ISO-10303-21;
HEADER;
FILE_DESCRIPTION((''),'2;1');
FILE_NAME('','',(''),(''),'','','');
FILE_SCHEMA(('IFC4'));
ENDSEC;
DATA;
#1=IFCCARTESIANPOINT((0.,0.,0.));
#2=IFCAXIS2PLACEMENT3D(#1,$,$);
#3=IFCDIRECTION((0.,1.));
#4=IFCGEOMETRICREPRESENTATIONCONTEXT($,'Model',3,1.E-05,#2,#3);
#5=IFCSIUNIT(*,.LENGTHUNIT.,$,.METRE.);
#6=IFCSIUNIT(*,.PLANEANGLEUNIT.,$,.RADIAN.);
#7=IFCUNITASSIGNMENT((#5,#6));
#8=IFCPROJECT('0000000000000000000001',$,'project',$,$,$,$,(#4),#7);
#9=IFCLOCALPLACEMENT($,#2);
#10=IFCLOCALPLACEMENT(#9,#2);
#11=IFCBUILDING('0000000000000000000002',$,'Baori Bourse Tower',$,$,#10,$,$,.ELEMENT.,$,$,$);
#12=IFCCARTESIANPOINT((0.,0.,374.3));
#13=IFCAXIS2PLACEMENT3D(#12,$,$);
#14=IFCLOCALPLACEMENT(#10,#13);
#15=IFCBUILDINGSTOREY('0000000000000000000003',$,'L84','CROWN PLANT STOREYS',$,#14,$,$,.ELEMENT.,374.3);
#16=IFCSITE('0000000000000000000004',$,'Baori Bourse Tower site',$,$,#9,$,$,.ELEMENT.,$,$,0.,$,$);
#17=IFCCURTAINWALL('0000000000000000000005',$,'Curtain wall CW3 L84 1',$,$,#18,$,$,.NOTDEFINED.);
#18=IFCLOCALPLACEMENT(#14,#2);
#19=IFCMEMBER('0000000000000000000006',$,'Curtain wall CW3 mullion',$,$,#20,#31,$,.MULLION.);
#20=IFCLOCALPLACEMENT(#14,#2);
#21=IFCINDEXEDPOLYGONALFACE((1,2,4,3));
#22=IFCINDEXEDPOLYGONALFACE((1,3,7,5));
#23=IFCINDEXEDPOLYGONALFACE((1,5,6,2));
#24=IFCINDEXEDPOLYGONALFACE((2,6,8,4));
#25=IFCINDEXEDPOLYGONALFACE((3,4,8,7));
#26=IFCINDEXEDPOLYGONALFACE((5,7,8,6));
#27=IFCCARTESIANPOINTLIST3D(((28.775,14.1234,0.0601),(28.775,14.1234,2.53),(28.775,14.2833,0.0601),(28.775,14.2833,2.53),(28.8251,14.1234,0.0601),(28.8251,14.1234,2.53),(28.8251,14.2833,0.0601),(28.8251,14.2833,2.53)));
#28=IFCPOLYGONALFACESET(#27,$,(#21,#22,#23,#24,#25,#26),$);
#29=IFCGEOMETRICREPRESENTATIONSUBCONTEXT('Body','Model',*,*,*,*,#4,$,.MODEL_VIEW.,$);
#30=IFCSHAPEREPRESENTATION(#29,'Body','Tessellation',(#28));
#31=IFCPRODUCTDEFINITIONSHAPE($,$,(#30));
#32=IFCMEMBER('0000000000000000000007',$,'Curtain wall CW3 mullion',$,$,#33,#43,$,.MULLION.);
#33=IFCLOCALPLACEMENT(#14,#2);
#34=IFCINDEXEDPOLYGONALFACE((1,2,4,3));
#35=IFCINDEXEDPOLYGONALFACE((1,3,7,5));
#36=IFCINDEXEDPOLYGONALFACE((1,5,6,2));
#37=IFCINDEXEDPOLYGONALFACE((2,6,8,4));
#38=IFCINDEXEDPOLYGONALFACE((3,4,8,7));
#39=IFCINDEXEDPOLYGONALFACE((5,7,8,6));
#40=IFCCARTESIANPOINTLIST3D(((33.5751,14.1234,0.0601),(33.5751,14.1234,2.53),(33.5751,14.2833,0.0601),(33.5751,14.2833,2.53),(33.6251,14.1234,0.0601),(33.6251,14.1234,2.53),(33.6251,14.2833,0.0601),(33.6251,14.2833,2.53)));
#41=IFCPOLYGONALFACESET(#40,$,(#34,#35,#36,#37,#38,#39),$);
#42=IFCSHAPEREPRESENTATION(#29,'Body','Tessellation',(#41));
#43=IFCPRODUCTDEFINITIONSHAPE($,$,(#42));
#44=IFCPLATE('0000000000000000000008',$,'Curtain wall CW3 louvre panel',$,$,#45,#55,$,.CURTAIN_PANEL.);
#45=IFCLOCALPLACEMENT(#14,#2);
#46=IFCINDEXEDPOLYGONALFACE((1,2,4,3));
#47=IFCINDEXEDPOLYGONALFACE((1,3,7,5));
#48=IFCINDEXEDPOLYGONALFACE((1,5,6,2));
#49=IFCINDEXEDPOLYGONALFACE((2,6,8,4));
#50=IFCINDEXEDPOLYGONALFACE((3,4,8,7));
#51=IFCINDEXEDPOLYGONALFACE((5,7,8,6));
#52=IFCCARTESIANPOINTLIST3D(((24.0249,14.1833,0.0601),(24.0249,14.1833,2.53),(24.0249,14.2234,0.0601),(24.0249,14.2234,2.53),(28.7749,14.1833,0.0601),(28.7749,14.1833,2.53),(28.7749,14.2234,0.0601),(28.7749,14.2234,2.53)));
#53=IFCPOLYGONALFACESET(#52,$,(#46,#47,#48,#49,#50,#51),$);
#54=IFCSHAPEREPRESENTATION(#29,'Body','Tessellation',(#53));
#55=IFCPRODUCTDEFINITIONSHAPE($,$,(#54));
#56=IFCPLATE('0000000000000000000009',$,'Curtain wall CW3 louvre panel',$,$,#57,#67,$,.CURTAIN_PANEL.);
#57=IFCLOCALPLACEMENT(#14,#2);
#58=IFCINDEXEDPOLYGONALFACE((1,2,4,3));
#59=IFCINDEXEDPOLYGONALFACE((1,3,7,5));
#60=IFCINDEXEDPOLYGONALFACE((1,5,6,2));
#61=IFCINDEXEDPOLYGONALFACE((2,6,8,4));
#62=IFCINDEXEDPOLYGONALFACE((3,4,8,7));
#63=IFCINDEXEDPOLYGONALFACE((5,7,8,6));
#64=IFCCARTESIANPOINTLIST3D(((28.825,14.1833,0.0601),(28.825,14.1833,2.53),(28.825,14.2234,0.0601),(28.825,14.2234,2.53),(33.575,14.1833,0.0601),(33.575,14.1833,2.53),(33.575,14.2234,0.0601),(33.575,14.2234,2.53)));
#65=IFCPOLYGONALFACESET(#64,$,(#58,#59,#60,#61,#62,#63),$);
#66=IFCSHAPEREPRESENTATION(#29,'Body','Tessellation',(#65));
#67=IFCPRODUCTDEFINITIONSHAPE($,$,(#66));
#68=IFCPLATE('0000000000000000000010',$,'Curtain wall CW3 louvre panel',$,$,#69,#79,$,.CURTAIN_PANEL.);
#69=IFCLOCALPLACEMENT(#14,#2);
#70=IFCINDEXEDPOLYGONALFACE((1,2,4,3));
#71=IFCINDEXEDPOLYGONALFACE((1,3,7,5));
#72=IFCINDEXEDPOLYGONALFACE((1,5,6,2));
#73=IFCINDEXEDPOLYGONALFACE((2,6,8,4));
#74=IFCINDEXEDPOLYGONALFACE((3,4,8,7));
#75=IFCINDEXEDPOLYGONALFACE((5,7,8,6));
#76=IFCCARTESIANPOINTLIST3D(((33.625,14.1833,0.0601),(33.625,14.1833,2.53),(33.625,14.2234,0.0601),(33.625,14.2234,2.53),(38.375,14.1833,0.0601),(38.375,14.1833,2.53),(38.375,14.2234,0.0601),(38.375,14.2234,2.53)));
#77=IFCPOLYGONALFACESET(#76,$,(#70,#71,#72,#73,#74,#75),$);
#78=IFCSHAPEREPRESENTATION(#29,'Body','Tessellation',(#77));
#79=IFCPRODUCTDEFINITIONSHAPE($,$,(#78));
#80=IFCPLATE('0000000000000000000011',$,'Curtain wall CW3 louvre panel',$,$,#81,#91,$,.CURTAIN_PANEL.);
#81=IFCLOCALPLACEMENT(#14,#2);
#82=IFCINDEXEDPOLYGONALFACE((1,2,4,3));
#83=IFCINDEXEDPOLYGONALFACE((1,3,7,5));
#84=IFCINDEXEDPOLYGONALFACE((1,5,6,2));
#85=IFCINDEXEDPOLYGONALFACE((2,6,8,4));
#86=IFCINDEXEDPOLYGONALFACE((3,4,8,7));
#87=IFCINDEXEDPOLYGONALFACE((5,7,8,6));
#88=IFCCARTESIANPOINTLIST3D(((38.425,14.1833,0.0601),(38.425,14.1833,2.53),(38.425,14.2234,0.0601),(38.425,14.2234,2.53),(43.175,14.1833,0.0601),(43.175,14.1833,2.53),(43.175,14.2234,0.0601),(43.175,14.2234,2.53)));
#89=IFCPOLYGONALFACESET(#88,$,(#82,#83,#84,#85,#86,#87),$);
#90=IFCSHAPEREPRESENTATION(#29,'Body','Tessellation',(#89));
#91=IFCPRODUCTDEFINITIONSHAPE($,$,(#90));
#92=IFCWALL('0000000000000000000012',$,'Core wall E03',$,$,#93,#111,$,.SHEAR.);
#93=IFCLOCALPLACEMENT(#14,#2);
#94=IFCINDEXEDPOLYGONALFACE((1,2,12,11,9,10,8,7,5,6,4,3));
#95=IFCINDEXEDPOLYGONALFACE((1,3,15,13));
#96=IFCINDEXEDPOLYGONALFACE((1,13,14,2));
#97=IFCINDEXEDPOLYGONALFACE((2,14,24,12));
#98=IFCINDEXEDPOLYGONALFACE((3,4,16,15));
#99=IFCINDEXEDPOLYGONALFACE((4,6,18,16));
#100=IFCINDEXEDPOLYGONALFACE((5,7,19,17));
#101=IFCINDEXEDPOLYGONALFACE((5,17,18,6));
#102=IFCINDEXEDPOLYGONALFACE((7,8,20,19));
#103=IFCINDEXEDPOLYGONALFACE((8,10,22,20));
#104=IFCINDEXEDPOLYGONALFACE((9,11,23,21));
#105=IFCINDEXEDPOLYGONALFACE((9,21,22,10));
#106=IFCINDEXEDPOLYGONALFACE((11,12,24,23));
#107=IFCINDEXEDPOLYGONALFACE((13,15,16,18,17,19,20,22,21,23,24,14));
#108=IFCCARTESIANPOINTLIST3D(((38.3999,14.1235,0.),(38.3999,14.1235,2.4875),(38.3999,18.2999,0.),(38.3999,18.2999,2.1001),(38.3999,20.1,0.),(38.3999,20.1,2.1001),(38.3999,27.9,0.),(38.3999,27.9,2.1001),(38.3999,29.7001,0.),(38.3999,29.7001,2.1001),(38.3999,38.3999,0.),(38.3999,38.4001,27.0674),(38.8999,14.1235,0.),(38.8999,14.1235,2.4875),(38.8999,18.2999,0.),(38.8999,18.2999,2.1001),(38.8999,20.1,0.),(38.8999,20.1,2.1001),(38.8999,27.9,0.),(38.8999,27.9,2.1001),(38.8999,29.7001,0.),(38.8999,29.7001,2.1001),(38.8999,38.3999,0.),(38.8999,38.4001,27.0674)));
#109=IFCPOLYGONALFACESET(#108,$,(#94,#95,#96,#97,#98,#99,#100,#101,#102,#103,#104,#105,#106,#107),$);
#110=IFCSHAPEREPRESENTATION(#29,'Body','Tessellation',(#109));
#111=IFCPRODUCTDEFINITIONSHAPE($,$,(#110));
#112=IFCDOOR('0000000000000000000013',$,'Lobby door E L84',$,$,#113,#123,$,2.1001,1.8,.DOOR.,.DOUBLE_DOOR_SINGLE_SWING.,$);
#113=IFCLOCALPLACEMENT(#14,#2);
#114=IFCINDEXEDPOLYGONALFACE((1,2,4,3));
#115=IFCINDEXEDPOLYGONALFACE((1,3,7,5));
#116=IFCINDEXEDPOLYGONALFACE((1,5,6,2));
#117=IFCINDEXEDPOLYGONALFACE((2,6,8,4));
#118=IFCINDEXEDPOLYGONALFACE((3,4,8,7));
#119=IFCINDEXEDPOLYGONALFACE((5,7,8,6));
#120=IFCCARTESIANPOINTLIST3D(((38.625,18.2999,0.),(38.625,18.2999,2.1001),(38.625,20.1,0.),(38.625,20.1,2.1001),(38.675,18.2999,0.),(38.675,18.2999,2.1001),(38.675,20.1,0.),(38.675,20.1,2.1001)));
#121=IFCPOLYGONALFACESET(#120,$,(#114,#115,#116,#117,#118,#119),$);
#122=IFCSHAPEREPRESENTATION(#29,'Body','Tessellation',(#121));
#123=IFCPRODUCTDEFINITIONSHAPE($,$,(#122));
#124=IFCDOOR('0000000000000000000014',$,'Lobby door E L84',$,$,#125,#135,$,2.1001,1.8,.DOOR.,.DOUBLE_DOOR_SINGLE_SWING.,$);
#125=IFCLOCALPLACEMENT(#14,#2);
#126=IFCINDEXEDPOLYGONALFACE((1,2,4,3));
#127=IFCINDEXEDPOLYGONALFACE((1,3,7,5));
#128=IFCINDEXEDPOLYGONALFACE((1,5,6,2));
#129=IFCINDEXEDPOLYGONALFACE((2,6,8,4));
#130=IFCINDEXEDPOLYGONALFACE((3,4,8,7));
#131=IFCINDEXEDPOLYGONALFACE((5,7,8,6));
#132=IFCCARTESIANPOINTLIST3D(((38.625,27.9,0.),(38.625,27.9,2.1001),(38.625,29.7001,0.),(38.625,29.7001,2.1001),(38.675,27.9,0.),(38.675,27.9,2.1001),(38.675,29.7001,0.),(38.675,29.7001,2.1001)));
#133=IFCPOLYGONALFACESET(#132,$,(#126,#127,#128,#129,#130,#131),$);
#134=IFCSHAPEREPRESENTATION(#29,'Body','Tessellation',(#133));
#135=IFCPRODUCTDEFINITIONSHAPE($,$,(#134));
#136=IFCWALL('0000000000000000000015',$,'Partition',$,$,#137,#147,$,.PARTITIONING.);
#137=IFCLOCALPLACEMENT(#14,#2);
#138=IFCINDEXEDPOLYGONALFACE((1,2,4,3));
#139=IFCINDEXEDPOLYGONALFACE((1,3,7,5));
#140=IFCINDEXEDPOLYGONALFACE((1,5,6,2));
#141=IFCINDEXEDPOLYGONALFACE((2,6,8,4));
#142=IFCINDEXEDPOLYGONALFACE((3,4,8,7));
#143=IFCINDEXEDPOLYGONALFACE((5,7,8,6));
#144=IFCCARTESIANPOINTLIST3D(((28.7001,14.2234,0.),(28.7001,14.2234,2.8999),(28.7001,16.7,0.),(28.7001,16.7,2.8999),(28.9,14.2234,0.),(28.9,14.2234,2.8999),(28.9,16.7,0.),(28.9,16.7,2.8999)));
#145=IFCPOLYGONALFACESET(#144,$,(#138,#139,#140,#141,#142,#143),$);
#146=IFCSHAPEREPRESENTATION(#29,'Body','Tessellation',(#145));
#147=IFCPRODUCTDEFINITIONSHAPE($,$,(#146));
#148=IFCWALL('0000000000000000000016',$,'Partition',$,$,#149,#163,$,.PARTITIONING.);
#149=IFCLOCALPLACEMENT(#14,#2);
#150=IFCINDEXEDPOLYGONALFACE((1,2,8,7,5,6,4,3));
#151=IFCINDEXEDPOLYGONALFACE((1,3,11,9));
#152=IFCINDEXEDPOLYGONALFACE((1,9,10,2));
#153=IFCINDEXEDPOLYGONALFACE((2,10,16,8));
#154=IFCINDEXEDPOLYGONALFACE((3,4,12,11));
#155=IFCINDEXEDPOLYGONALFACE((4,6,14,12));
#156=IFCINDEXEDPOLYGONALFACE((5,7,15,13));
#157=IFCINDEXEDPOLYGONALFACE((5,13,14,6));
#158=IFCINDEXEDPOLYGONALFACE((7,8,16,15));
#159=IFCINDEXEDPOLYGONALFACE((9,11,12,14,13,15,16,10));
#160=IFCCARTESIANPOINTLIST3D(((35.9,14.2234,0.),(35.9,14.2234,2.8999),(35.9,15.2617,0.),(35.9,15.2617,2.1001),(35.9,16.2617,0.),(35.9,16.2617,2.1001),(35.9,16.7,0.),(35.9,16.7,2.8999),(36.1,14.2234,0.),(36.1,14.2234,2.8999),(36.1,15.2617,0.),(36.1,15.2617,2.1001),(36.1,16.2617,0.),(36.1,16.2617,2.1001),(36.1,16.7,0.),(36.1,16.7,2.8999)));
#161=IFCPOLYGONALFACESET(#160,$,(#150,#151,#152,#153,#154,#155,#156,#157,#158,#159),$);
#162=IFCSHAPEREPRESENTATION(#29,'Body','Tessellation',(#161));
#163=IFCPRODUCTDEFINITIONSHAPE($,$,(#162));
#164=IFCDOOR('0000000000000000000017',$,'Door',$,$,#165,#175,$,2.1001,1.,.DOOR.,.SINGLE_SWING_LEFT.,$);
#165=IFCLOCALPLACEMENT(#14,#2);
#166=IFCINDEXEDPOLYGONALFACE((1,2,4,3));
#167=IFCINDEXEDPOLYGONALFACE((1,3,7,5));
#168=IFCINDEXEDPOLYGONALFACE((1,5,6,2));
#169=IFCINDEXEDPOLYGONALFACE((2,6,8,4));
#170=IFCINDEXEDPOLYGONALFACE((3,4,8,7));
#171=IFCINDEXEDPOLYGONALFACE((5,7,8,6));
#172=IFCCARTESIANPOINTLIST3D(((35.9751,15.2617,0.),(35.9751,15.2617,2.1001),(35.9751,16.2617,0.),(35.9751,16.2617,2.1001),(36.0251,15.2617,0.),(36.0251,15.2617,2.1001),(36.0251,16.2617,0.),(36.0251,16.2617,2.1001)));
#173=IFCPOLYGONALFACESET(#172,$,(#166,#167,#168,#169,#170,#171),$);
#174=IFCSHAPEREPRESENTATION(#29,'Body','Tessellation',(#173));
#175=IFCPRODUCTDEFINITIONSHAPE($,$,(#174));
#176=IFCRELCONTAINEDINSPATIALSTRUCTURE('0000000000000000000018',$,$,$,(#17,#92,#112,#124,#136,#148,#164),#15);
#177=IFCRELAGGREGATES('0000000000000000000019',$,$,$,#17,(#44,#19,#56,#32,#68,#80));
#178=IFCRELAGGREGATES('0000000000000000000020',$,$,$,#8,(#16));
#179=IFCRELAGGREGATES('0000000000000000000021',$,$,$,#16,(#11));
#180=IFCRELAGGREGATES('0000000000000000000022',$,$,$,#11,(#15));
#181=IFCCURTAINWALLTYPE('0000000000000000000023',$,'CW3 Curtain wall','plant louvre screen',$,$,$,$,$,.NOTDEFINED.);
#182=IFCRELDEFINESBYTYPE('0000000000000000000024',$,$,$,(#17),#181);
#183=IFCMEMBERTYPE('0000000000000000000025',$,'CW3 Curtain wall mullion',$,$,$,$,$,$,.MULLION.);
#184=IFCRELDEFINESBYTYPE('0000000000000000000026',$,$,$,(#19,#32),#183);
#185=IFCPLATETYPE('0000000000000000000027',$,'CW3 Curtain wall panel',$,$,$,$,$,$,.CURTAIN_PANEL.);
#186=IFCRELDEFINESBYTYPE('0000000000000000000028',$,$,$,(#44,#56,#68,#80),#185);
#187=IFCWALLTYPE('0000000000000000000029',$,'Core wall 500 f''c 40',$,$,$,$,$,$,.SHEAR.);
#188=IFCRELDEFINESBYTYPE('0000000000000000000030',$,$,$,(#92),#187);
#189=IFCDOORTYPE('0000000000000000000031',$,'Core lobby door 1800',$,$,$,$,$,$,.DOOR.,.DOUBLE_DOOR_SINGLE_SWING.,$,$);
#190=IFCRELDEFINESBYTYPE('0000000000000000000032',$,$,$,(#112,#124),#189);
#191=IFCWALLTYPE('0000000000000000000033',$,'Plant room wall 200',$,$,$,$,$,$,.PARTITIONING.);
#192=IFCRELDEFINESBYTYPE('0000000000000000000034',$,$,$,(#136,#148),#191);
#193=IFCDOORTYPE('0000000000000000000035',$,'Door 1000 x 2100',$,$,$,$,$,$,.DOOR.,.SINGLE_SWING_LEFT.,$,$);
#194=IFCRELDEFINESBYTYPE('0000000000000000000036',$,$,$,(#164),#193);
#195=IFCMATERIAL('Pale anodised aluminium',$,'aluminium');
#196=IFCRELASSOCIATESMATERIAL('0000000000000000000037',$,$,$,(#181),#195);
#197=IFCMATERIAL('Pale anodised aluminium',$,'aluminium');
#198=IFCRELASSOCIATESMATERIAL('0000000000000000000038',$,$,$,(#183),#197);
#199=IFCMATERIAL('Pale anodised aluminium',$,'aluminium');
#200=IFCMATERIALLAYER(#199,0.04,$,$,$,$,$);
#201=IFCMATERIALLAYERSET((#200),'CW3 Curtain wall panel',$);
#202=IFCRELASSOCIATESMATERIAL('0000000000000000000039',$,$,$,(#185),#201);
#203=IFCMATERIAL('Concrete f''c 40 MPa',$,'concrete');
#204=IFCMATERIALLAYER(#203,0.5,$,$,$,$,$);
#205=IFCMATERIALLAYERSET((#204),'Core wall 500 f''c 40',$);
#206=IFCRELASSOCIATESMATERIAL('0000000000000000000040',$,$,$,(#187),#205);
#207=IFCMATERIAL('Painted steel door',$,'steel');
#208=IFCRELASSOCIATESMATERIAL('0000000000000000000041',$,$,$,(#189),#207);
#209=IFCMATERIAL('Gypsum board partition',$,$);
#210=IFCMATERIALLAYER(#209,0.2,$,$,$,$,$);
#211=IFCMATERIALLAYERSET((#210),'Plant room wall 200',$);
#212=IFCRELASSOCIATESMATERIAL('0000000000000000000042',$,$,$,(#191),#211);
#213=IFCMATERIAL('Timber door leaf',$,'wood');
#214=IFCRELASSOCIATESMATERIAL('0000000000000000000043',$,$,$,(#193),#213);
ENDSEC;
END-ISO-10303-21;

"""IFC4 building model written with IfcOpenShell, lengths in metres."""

from ifc_helpers import new_model, si_unit, direction, frame, frame_2d, origin, origin_2d, place, context, subcontext, project, spatial, polyline, rectangle, outline, extrude, material, layer, layer_set, material_profile, profile_set, type_object, element, fill, aggregate, save


model = new_model("IFC4")

# Units and contexts
model_context = context("Model", 3, precision=1e-05, world=origin(), true_north=direction((0.0, 1.0)))
body_context = subcontext(model_context, "Body", "Model", "MODEL_VIEW")
ifc_project = project(units=[si_unit("LENGTHUNIT", "METRE"), si_unit("PLANEANGLEUNIT", "RADIAN")], contexts=[model_context])

# Site, building, storey
site_placement = place(None, origin())
site = spatial("IfcSite", under=ifc_project, at=site_placement, Name="Baori Bourse Tower site", CompositionType="ELEMENT", RefElevation=0.0)
building_placement = place(site_placement, origin())
building = spatial("IfcBuilding", under=site, at=building_placement, Name="Baori Bourse Tower", CompositionType="ELEMENT")
storey_placement = place(building_placement, frame((0.0, 0.0, 374.3)))
storey = spatial("IfcBuildingStorey", under=building, at=storey_placement, Name="L84", Description="CROWN PLANT STOREYS", CompositionType="ELEMENT", Elevation=374.3)

# Curtain wall, members, plates
ifc_material_1 = material(Name="Pale anodised aluminium", Category="aluminium")
curtain_wall_type = type_object("IfcCurtainWallType", Name="CW3 Curtain wall", Description="plant louvre screen", PredefinedType="NOTDEFINED", material=ifc_material_1)
curtain_wall_placement = place(storey_placement, origin())
curtain_wall = element("IfcCurtainWall", 1, at=curtain_wall_placement, inside=storey, type_object=curtain_wall_type, Name="Curtain wall CW3 L84 1", PredefinedType="NOTDEFINED")
ifc_material_2 = material(Name="Pale anodised aluminium", Category="aluminium")
ifc_material_profile = material_profile(ifc_material_2, rectangle(XDim=0.1599, YDim=0.05, at=origin_2d()), Name="Mullion 50x160")
ifc_profile_set = profile_set([ifc_material_profile], Name="Pale anodised aluminium")
member_type = type_object("IfcMemberType", Name="CW3 Curtain wall mullion", PredefinedType="MULLION", material=ifc_profile_set)
member_1_placement = place(storey_placement, frame((28.8, 14.2034, 0.0601), z_axis=(0.0, 0.0, 1.0), x_axis=(0.0, 1.0, 0.0)))
member_1 = element("IfcMember", 2, at=member_1_placement, type_object=member_type, Name="Curtain wall CW3 mullion", PredefinedType="MULLION", context=body_context, shape_type="SweptSolid", body=[
    extrude(rectangle(XDim=0.1599, YDim=0.05, at=origin_2d()), origin(), (0.0, 0.0, 1.0), 2.47),
])
member_2_placement = place(storey_placement, frame((33.6001, 14.2034, 0.0601), z_axis=(0.0, 0.0, 1.0), x_axis=(0.0, 1.0, 0.0)))
member_2 = element("IfcMember", 3, at=member_2_placement, type_object=member_type, Name="Curtain wall CW3 mullion", PredefinedType="MULLION", context=body_context, shape_type="SweptSolid", body=[
    extrude(rectangle(XDim=0.1599, YDim=0.05, at=origin_2d()), origin(), (0.0, 0.0, 1.0), 2.47),
])
ifc_material_3 = material(Name="Pale anodised aluminium", Category="aluminium")
ifc_layer_1 = layer(ifc_material_3, 0.04)
ifc_layer_set_1 = layer_set([ifc_layer_1], Name="CW3 Curtain wall panel")
plate_type = type_object("IfcPlateType", Name="CW3 Curtain wall panel", PredefinedType="CURTAIN_PANEL", material=ifc_layer_set_1)
plate_1_placement = place(storey_placement, frame((26.3999, 14.2034, 0.0601), z_axis=(0.0, 0.0, 1.0), x_axis=(1.0, 0.0, 0.0)))
plate_1 = element("IfcPlate", 4, at=plate_1_placement, type_object=plate_type, Name="Curtain wall CW3 louvre panel", PredefinedType="CURTAIN_PANEL", context=body_context, shape_type="SweptSolid", body=[
    extrude(rectangle(XDim=4.75, YDim=0.04, at=origin_2d()), origin(), (0.0, 0.0, 1.0), 2.47),
])
plate_2_placement = place(storey_placement, frame((31.2, 14.2034, 0.0601), z_axis=(0.0, 0.0, 1.0), x_axis=(1.0, 0.0, 0.0)))
plate_2 = element("IfcPlate", 5, at=plate_2_placement, type_object=plate_type, Name="Curtain wall CW3 louvre panel", PredefinedType="CURTAIN_PANEL", context=body_context, shape_type="SweptSolid", body=[
    extrude(rectangle(XDim=4.75, YDim=0.04, at=origin_2d()), origin(), (0.0, 0.0, 1.0), 2.47),
])
plate_3_placement = place(storey_placement, frame((36.0, 14.2034, 0.0601), z_axis=(0.0, 0.0, 1.0), x_axis=(1.0, 0.0, 0.0)))
plate_3 = element("IfcPlate", 6, at=plate_3_placement, type_object=plate_type, Name="Curtain wall CW3 louvre panel", PredefinedType="CURTAIN_PANEL", context=body_context, shape_type="SweptSolid", body=[
    extrude(rectangle(XDim=4.75, YDim=0.04, at=origin_2d()), origin(), (0.0, 0.0, 1.0), 2.47),
])
plate_4_placement = place(storey_placement, frame((40.8, 14.2034, 0.0601), z_axis=(0.0, 0.0, 1.0), x_axis=(1.0, 0.0, 0.0)))
plate_4 = element("IfcPlate", 7, at=plate_4_placement, type_object=plate_type, Name="Curtain wall CW3 louvre panel", PredefinedType="CURTAIN_PANEL", context=body_context, shape_type="SweptSolid", body=[
    extrude(rectangle(XDim=4.75, YDim=0.04, at=origin_2d()), origin(), (0.0, 0.0, 1.0), 2.47),
])
aggregate(curtain_wall, [plate_1, member_1, plate_2, member_2, plate_3, plate_4])

# Wall, openings, doors
ifc_material_4 = material(Name="Concrete f'c 40 MPa", Category="concrete")
ifc_layer_2 = layer(ifc_material_4, 0.5)
ifc_layer_set_2 = layer_set([ifc_layer_2], Name="Core wall 500 f'c 40")
wall_type_1 = type_object("IfcWallType", Name="Core wall 500 f'c 40", PredefinedType="SHEAR", material=ifc_layer_set_2)
wall_1_placement = place(storey_placement, frame((38.6499, 14.1235, 0.0), z_axis=(0.0, 0.0, 1.0), x_axis=(0.0, 1.0, 0.0)))
wall_1 = element("IfcWall", 8, at=wall_1_placement, inside=storey, type_object=wall_type_1, Name="Core wall E03", PredefinedType="SHEAR", context=body_context, shape_type="SweptSolid", body=[
    extrude(outline(polyline([(0.0, 0.0), (24.2764, 0.0), (24.2766, 27.0674), (0.0, 2.4875), (0.0, 0.0)])), frame((0.0, 0.25, 0.0), z_axis=(0.0, -1.0, 0.0), x_axis=(1.0, 0.0, 0.0)), (0.0, 0.0, 1.0), 0.5),
])
opening_1_placement = place(wall_1_placement, frame((4.1765, 0.0, 0.0)))
opening_1 = element("IfcOpeningElement", 9, at=opening_1_placement, cuts=wall_1, PredefinedType="OPENING", context=body_context, shape_type="SweptSolid", body=[
    extrude(rectangle(XDim=1.8, YDim=2.1001, at=frame_2d((0.8999, 1.05))), frame((0.0, 0.26, 0.0), z_axis=(0.0, -1.0, 0.0), x_axis=(1.0, 0.0, 0.0)), (0.0, 0.0, 1.0), 0.52),
])
opening_2_placement = place(wall_1_placement, frame((13.7766, 0.0, 0.0)))
opening_2 = element("IfcOpeningElement", 10, at=opening_2_placement, cuts=wall_1, PredefinedType="OPENING", context=body_context, shape_type="SweptSolid", body=[
    extrude(rectangle(XDim=1.8, YDim=2.1001, at=frame_2d((0.8999, 1.05))), frame((0.0, 0.26, 0.0), z_axis=(0.0, -1.0, 0.0), x_axis=(1.0, 0.0, 0.0)), (0.0, 0.0, 1.0), 0.52),
])
ifc_material_5 = material(Name="Painted steel door", Category="steel")
door_type_1 = type_object("IfcDoorType", Name="Core lobby door 1800", OperationType="DOUBLE_DOOR_SINGLE_SWING", PredefinedType="DOOR", material=ifc_material_5)
door_1_placement = place(opening_1_placement, origin())
door_1 = element("IfcDoor", 11, at=door_1_placement, inside=storey, type_object=door_type_1, Name="Lobby door E L84", OperationType="DOUBLE_DOOR_SINGLE_SWING", OverallHeight=2.1001, OverallWidth=1.8, PredefinedType="DOOR", context=body_context, shape_type="SweptSolid", body=[
    extrude(rectangle(XDim=1.8, YDim=2.1001, at=frame_2d((0.8999, 1.05))), frame((0.0, 0.0249, 0.0), z_axis=(0.0, -1.0, 0.0), x_axis=(1.0, 0.0, 0.0)), (0.0, 0.0, 1.0), 0.05),
])
fill(opening_1, door_1)
door_2_placement = place(opening_2_placement, origin())
door_2 = element("IfcDoor", 12, at=door_2_placement, inside=storey, type_object=door_type_1, Name="Lobby door E L84", OperationType="DOUBLE_DOOR_SINGLE_SWING", OverallHeight=2.1001, OverallWidth=1.8, PredefinedType="DOOR", context=body_context, shape_type="SweptSolid", body=[
    extrude(rectangle(XDim=1.8, YDim=2.1001, at=frame_2d((0.8999, 1.05))), frame((0.0, 0.0249, 0.0), z_axis=(0.0, -1.0, 0.0), x_axis=(1.0, 0.0, 0.0)), (0.0, 0.0, 1.0), 0.05),
])
fill(opening_2, door_2)

# Wall
ifc_material_6 = material(Name="Gypsum board partition")
ifc_layer_3 = layer(ifc_material_6, 0.2)
ifc_layer_set_3 = layer_set([ifc_layer_3], Name="Plant room wall 200")
wall_type_2 = type_object("IfcWallType", Name="Plant room wall 200", PredefinedType="PARTITIONING", material=ifc_layer_set_3)
wall_2_placement = place(storey_placement, frame((28.8, 14.2234, 0.0), z_axis=(0.0, 0.0, 1.0), x_axis=(0.0, 1.0, 0.0)))
element("IfcWall", 13, at=wall_2_placement, inside=storey, type_object=wall_type_2, Name="Partition", PredefinedType="PARTITIONING", context=body_context, shape_type="SweptSolid", body=[
    extrude(rectangle(XDim=2.4766, YDim=0.2, at=frame_2d((1.2383, 0.0))), origin(), (0.0, 0.0, 1.0), 2.8999),
])

# Wall, opening, door
wall_3_placement = place(storey_placement, frame((36.0, 14.2234, 0.0), z_axis=(0.0, 0.0, 1.0), x_axis=(0.0, 1.0, 0.0)))
wall_3 = element("IfcWall", 14, at=wall_3_placement, inside=storey, type_object=wall_type_2, Name="Partition", PredefinedType="PARTITIONING", context=body_context, shape_type="SweptSolid", body=[
    extrude(rectangle(XDim=2.4766, YDim=0.2, at=frame_2d((1.2383, 0.0))), origin(), (0.0, 0.0, 1.0), 2.8999),
])
opening_3_placement = place(wall_3_placement, frame((1.0383, 0.0, 0.0)))
opening_3 = element("IfcOpeningElement", 15, at=opening_3_placement, cuts=wall_3, PredefinedType="OPENING", context=body_context, shape_type="SweptSolid", body=[
    extrude(rectangle(XDim=1.0, YDim=2.1001, at=frame_2d((0.5, 1.05))), frame((0.0, 0.1099, 0.0), z_axis=(0.0, -1.0, 0.0), x_axis=(1.0, 0.0, 0.0)), (0.0, 0.0, 1.0), 0.22),
])
ifc_material_7 = material(Name="Timber door leaf", Category="wood")
door_type_2 = type_object("IfcDoorType", Name="Door 1000 x 2100", OperationType="SINGLE_SWING_LEFT", PredefinedType="DOOR", material=ifc_material_7)
door_3_placement = place(opening_3_placement, origin())
door_3 = element("IfcDoor", 16, at=door_3_placement, inside=storey, type_object=door_type_2, Name="Door", OperationType="SINGLE_SWING_LEFT", OverallHeight=2.1001, OverallWidth=1.0, PredefinedType="DOOR", context=body_context, shape_type="SweptSolid", body=[
    extrude(rectangle(XDim=1.0, YDim=2.1001, at=frame_2d((0.5, 1.05))), frame((0.0, 0.0249, 0.0), z_axis=(0.0, -1.0, 0.0), x_axis=(1.0, 0.0, 0.0)), (0.0, 0.0, 1.0), 0.05),
])
fill(opening_3, door_3)

save(model, "model.ifc")
